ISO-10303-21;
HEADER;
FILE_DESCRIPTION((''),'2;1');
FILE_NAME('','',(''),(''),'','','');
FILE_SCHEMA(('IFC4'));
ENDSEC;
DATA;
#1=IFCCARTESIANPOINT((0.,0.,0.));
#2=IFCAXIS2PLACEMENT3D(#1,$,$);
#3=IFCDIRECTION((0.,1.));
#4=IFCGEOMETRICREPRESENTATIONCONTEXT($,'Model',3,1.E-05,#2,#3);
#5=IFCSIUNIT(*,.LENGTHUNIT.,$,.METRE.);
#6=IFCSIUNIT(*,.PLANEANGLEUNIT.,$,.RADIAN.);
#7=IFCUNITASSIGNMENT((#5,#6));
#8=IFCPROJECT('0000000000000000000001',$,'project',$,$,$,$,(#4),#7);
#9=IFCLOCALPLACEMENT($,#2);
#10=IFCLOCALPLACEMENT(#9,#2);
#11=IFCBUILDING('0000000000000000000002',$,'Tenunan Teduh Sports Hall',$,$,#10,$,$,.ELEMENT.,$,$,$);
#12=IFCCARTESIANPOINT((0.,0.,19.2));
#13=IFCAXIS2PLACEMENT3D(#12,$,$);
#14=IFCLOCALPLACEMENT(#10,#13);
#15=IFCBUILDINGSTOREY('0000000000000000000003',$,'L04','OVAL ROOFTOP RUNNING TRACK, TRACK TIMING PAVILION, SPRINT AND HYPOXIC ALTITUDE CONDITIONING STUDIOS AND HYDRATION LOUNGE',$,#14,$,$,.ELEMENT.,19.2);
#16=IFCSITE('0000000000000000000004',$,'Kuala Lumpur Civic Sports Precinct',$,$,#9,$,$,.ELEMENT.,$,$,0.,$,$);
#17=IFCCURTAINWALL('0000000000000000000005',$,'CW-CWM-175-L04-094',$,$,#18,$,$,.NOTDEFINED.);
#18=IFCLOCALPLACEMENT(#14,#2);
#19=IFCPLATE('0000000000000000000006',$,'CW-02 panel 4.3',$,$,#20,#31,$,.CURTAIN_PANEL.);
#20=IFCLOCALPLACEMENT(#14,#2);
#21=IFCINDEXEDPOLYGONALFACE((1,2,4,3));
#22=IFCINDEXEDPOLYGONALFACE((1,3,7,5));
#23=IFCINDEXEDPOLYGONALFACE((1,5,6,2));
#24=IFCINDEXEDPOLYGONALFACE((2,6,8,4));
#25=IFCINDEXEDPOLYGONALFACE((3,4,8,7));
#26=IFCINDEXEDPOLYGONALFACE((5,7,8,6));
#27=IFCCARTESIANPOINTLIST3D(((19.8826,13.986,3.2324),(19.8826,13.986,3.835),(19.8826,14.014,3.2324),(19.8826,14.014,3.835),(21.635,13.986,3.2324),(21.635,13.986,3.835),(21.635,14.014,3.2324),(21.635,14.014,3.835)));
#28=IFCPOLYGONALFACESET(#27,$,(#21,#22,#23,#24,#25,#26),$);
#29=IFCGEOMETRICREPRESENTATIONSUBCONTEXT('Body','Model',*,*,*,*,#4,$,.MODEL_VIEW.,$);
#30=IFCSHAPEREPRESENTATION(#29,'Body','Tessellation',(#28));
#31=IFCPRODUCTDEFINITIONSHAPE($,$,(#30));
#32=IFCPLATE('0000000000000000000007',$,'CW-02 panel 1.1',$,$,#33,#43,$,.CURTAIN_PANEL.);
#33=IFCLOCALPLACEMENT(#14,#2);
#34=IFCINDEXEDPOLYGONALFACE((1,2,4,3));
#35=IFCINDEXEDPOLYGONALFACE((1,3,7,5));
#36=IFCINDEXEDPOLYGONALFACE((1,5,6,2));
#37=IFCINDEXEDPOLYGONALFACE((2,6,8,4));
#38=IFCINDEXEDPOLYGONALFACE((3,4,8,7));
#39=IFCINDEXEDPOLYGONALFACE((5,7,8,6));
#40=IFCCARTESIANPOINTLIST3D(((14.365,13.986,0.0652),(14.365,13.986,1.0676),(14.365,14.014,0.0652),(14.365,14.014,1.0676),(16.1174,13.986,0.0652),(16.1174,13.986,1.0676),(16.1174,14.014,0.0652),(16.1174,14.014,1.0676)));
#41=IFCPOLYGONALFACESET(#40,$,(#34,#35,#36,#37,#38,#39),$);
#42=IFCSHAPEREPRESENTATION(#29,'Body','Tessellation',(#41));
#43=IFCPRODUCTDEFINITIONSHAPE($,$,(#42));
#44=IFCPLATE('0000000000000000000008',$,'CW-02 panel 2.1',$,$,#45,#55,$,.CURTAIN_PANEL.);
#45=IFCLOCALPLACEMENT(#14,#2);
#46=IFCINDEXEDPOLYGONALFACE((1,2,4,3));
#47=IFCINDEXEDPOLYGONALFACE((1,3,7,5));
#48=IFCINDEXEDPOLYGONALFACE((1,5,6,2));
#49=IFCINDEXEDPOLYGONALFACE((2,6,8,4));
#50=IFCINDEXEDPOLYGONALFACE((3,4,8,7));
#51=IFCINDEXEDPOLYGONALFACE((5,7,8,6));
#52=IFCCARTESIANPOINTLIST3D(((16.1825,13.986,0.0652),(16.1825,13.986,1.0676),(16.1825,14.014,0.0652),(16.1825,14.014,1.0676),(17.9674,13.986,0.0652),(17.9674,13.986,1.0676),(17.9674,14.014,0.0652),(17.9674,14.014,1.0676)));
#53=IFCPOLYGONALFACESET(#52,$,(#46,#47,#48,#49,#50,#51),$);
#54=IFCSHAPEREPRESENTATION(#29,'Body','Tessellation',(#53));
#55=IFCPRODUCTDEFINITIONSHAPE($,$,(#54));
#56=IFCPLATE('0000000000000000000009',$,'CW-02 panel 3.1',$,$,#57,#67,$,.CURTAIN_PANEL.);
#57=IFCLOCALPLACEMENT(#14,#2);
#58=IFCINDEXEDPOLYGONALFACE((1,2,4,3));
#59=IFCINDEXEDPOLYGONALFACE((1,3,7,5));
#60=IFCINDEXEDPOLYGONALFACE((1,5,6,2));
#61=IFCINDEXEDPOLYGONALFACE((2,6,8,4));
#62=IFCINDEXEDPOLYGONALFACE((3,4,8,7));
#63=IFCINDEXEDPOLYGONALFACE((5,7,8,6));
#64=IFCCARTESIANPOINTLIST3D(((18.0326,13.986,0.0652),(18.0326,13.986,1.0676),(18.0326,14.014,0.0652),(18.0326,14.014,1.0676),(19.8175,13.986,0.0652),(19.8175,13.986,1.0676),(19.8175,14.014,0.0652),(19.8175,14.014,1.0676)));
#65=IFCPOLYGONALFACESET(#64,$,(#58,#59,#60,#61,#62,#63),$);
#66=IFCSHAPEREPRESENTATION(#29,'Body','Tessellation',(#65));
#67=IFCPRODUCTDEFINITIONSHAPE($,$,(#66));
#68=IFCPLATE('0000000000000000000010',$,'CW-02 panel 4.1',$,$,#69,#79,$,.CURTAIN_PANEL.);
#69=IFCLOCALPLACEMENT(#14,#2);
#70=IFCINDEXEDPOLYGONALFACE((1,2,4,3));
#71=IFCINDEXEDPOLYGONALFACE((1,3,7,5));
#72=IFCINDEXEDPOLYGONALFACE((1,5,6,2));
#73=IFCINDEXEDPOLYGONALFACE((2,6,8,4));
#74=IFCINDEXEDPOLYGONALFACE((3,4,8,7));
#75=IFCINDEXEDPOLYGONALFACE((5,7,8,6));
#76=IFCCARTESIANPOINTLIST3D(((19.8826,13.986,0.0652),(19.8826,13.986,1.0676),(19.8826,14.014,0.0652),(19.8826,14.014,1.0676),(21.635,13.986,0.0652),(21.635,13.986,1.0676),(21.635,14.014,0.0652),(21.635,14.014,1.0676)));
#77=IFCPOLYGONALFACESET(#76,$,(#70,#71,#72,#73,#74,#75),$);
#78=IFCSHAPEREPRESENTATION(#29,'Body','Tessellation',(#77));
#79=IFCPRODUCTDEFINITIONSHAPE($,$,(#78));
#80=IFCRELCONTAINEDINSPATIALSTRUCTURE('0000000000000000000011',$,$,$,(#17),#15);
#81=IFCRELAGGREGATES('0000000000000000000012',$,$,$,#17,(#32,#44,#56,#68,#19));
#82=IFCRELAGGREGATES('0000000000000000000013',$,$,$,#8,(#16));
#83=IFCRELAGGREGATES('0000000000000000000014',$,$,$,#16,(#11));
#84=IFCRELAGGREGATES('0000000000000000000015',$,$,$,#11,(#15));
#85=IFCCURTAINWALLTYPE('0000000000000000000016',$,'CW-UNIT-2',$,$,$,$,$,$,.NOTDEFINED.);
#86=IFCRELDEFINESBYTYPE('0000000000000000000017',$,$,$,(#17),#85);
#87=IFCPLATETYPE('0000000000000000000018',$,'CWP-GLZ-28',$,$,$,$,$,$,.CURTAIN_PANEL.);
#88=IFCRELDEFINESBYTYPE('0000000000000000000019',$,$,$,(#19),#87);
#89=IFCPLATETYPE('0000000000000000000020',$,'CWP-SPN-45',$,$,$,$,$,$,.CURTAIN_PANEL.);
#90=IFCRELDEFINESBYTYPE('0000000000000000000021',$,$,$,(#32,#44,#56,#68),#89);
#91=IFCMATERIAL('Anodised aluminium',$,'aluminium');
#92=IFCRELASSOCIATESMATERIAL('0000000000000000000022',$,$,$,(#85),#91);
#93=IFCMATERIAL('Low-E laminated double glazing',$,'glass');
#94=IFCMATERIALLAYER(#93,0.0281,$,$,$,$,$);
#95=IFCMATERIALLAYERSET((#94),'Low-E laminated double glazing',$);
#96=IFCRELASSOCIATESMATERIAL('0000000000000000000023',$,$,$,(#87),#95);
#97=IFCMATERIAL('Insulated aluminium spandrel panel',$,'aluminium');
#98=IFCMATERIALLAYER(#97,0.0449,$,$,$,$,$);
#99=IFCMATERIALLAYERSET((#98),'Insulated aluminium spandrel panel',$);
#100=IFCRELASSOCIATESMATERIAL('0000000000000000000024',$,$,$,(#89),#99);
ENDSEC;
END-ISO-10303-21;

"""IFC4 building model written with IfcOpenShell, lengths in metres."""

from ifc_helpers import new_model, si_unit, direction, frame, origin, origin_2d, place, context, subcontext, project, spatial, rectangle, extrude, material, layer, layer_set, type_object, element, aggregate, save


model = new_model("IFC4")

# Units and contexts
model_context = context("Model", 3, precision=1e-05, world=origin(), true_north=direction((0.0, 1.0)))
body_context = subcontext(model_context, "Body", "Model", "MODEL_VIEW")
ifc_project = project(units=[si_unit("LENGTHUNIT", "METRE"), si_unit("PLANEANGLEUNIT", "RADIAN")], contexts=[model_context])

# Site, building, storey
site_placement = place(None, origin())
site = spatial("IfcSite", under=ifc_project, at=site_placement, Name="Kuala Lumpur Civic Sports Precinct", CompositionType="ELEMENT", RefElevation=0.0)
building_placement = place(site_placement, origin())
building = spatial("IfcBuilding", under=site, at=building_placement, Name="Tenunan Teduh Sports Hall", CompositionType="ELEMENT")
storey_placement = place(building_placement, frame((0.0, 0.0, 19.2)))
storey = spatial("IfcBuildingStorey", under=building, at=storey_placement, Name="L04", Description="OVAL ROOFTOP RUNNING TRACK, TRACK TIMING PAVILION, SPRINT AND HYPOXIC ALTITUDE CONDITIONING STUDIOS AND HYDRATION LOUNGE", CompositionType="ELEMENT", Elevation=19.2)

# Curtain wall
ifc_material_1 = material(Name="Anodised aluminium", Category="aluminium")
curtain_wall_type = type_object("IfcCurtainWallType", Name="CW-UNIT-2", PredefinedType="NOTDEFINED", material=ifc_material_1)
curtain_wall_placement = place(storey_placement, origin())
curtain_wall = element("IfcCurtainWall", 1, at=curtain_wall_placement, inside=storey, type_object=curtain_wall_type, Name="CW-CWM-175-L04-094", PredefinedType="NOTDEFINED")

# Plates
ifc_material_2 = material(Name="Low-E laminated double glazing", Category="glass")
ifc_layer_1 = layer(ifc_material_2, 0.0281)
ifc_layer_set_1 = layer_set([ifc_layer_1], Name="Low-E laminated double glazing")
plate_type_1 = type_object("IfcPlateType", Name="CWP-GLZ-28", PredefinedType="CURTAIN_PANEL", material=ifc_layer_set_1)
plate_1_placement = place(storey_placement, frame((20.7588, 14.0, 3.2324), z_axis=(0.0, 0.0, 1.0), x_axis=(1.0, 0.0, 0.0)))
plate_1 = element("IfcPlate", 2, at=plate_1_placement, type_object=plate_type_1, Name="CW-02 panel 4.3", PredefinedType="CURTAIN_PANEL", context=body_context, shape_type="SweptSolid", body=[
    extrude(rectangle(XDim=1.7524, YDim=0.0281, at=origin_2d()), origin(), (0.0, 0.0, 1.0), 0.6025),
])
ifc_material_3 = material(Name="Insulated aluminium spandrel panel", Category="aluminium")
ifc_layer_2 = layer(ifc_material_3, 0.0449)
ifc_layer_set_2 = layer_set([ifc_layer_2], Name="Insulated aluminium spandrel panel")
plate_type_2 = type_object("IfcPlateType", Name="CWP-SPN-45", PredefinedType="CURTAIN_PANEL", material=ifc_layer_set_2)
plate_2_placement = place(storey_placement, frame((15.2412, 14.0, 0.0652), z_axis=(0.0, 0.0, 1.0), x_axis=(1.0, 0.0, 0.0)))
plate_2 = element("IfcPlate", 3, at=plate_2_placement, type_object=plate_type_2, Name="CW-02 panel 1.1", PredefinedType="CURTAIN_PANEL", context=body_context, shape_type="SweptSolid", body=[
    extrude(rectangle(XDim=1.7524, YDim=0.0281, at=origin_2d()), origin(), (0.0, 0.0, 1.0), 1.0024),
])
plate_3_placement = place(storey_placement, frame((17.075, 14.0, 0.0652), z_axis=(0.0, 0.0, 1.0), x_axis=(1.0, 0.0, 0.0)))
plate_3 = element("IfcPlate", 4, at=plate_3_placement, type_object=plate_type_2, Name="CW-02 panel 2.1", PredefinedType="CURTAIN_PANEL", context=body_context, shape_type="SweptSolid", body=[
    extrude(rectangle(XDim=1.7849, YDim=0.0281, at=origin_2d()), origin(), (0.0, 0.0, 1.0), 1.0024),
])
plate_4_placement = place(storey_placement, frame((18.925, 14.0, 0.0652), z_axis=(0.0, 0.0, 1.0), x_axis=(1.0, 0.0, 0.0)))
plate_4 = element("IfcPlate", 5, at=plate_4_placement, type_object=plate_type_2, Name="CW-02 panel 3.1", PredefinedType="CURTAIN_PANEL", context=body_context, shape_type="SweptSolid", body=[
    extrude(rectangle(XDim=1.7849, YDim=0.0281, at=origin_2d()), origin(), (0.0, 0.0, 1.0), 1.0024),
])
plate_5_placement = place(storey_placement, frame((20.7588, 14.0, 0.0652), z_axis=(0.0, 0.0, 1.0), x_axis=(1.0, 0.0, 0.0)))
plate_5 = element("IfcPlate", 6, at=plate_5_placement, type_object=plate_type_2, Name="CW-02 panel 4.1", PredefinedType="CURTAIN_PANEL", context=body_context, shape_type="SweptSolid", body=[
    extrude(rectangle(XDim=1.7524, YDim=0.0281, at=origin_2d()), origin(), (0.0, 0.0, 1.0), 1.0024),
])
aggregate(curtain_wall, [plate_2, plate_3, plate_4, plate_5, plate_1])

save(model, "model.ifc")
